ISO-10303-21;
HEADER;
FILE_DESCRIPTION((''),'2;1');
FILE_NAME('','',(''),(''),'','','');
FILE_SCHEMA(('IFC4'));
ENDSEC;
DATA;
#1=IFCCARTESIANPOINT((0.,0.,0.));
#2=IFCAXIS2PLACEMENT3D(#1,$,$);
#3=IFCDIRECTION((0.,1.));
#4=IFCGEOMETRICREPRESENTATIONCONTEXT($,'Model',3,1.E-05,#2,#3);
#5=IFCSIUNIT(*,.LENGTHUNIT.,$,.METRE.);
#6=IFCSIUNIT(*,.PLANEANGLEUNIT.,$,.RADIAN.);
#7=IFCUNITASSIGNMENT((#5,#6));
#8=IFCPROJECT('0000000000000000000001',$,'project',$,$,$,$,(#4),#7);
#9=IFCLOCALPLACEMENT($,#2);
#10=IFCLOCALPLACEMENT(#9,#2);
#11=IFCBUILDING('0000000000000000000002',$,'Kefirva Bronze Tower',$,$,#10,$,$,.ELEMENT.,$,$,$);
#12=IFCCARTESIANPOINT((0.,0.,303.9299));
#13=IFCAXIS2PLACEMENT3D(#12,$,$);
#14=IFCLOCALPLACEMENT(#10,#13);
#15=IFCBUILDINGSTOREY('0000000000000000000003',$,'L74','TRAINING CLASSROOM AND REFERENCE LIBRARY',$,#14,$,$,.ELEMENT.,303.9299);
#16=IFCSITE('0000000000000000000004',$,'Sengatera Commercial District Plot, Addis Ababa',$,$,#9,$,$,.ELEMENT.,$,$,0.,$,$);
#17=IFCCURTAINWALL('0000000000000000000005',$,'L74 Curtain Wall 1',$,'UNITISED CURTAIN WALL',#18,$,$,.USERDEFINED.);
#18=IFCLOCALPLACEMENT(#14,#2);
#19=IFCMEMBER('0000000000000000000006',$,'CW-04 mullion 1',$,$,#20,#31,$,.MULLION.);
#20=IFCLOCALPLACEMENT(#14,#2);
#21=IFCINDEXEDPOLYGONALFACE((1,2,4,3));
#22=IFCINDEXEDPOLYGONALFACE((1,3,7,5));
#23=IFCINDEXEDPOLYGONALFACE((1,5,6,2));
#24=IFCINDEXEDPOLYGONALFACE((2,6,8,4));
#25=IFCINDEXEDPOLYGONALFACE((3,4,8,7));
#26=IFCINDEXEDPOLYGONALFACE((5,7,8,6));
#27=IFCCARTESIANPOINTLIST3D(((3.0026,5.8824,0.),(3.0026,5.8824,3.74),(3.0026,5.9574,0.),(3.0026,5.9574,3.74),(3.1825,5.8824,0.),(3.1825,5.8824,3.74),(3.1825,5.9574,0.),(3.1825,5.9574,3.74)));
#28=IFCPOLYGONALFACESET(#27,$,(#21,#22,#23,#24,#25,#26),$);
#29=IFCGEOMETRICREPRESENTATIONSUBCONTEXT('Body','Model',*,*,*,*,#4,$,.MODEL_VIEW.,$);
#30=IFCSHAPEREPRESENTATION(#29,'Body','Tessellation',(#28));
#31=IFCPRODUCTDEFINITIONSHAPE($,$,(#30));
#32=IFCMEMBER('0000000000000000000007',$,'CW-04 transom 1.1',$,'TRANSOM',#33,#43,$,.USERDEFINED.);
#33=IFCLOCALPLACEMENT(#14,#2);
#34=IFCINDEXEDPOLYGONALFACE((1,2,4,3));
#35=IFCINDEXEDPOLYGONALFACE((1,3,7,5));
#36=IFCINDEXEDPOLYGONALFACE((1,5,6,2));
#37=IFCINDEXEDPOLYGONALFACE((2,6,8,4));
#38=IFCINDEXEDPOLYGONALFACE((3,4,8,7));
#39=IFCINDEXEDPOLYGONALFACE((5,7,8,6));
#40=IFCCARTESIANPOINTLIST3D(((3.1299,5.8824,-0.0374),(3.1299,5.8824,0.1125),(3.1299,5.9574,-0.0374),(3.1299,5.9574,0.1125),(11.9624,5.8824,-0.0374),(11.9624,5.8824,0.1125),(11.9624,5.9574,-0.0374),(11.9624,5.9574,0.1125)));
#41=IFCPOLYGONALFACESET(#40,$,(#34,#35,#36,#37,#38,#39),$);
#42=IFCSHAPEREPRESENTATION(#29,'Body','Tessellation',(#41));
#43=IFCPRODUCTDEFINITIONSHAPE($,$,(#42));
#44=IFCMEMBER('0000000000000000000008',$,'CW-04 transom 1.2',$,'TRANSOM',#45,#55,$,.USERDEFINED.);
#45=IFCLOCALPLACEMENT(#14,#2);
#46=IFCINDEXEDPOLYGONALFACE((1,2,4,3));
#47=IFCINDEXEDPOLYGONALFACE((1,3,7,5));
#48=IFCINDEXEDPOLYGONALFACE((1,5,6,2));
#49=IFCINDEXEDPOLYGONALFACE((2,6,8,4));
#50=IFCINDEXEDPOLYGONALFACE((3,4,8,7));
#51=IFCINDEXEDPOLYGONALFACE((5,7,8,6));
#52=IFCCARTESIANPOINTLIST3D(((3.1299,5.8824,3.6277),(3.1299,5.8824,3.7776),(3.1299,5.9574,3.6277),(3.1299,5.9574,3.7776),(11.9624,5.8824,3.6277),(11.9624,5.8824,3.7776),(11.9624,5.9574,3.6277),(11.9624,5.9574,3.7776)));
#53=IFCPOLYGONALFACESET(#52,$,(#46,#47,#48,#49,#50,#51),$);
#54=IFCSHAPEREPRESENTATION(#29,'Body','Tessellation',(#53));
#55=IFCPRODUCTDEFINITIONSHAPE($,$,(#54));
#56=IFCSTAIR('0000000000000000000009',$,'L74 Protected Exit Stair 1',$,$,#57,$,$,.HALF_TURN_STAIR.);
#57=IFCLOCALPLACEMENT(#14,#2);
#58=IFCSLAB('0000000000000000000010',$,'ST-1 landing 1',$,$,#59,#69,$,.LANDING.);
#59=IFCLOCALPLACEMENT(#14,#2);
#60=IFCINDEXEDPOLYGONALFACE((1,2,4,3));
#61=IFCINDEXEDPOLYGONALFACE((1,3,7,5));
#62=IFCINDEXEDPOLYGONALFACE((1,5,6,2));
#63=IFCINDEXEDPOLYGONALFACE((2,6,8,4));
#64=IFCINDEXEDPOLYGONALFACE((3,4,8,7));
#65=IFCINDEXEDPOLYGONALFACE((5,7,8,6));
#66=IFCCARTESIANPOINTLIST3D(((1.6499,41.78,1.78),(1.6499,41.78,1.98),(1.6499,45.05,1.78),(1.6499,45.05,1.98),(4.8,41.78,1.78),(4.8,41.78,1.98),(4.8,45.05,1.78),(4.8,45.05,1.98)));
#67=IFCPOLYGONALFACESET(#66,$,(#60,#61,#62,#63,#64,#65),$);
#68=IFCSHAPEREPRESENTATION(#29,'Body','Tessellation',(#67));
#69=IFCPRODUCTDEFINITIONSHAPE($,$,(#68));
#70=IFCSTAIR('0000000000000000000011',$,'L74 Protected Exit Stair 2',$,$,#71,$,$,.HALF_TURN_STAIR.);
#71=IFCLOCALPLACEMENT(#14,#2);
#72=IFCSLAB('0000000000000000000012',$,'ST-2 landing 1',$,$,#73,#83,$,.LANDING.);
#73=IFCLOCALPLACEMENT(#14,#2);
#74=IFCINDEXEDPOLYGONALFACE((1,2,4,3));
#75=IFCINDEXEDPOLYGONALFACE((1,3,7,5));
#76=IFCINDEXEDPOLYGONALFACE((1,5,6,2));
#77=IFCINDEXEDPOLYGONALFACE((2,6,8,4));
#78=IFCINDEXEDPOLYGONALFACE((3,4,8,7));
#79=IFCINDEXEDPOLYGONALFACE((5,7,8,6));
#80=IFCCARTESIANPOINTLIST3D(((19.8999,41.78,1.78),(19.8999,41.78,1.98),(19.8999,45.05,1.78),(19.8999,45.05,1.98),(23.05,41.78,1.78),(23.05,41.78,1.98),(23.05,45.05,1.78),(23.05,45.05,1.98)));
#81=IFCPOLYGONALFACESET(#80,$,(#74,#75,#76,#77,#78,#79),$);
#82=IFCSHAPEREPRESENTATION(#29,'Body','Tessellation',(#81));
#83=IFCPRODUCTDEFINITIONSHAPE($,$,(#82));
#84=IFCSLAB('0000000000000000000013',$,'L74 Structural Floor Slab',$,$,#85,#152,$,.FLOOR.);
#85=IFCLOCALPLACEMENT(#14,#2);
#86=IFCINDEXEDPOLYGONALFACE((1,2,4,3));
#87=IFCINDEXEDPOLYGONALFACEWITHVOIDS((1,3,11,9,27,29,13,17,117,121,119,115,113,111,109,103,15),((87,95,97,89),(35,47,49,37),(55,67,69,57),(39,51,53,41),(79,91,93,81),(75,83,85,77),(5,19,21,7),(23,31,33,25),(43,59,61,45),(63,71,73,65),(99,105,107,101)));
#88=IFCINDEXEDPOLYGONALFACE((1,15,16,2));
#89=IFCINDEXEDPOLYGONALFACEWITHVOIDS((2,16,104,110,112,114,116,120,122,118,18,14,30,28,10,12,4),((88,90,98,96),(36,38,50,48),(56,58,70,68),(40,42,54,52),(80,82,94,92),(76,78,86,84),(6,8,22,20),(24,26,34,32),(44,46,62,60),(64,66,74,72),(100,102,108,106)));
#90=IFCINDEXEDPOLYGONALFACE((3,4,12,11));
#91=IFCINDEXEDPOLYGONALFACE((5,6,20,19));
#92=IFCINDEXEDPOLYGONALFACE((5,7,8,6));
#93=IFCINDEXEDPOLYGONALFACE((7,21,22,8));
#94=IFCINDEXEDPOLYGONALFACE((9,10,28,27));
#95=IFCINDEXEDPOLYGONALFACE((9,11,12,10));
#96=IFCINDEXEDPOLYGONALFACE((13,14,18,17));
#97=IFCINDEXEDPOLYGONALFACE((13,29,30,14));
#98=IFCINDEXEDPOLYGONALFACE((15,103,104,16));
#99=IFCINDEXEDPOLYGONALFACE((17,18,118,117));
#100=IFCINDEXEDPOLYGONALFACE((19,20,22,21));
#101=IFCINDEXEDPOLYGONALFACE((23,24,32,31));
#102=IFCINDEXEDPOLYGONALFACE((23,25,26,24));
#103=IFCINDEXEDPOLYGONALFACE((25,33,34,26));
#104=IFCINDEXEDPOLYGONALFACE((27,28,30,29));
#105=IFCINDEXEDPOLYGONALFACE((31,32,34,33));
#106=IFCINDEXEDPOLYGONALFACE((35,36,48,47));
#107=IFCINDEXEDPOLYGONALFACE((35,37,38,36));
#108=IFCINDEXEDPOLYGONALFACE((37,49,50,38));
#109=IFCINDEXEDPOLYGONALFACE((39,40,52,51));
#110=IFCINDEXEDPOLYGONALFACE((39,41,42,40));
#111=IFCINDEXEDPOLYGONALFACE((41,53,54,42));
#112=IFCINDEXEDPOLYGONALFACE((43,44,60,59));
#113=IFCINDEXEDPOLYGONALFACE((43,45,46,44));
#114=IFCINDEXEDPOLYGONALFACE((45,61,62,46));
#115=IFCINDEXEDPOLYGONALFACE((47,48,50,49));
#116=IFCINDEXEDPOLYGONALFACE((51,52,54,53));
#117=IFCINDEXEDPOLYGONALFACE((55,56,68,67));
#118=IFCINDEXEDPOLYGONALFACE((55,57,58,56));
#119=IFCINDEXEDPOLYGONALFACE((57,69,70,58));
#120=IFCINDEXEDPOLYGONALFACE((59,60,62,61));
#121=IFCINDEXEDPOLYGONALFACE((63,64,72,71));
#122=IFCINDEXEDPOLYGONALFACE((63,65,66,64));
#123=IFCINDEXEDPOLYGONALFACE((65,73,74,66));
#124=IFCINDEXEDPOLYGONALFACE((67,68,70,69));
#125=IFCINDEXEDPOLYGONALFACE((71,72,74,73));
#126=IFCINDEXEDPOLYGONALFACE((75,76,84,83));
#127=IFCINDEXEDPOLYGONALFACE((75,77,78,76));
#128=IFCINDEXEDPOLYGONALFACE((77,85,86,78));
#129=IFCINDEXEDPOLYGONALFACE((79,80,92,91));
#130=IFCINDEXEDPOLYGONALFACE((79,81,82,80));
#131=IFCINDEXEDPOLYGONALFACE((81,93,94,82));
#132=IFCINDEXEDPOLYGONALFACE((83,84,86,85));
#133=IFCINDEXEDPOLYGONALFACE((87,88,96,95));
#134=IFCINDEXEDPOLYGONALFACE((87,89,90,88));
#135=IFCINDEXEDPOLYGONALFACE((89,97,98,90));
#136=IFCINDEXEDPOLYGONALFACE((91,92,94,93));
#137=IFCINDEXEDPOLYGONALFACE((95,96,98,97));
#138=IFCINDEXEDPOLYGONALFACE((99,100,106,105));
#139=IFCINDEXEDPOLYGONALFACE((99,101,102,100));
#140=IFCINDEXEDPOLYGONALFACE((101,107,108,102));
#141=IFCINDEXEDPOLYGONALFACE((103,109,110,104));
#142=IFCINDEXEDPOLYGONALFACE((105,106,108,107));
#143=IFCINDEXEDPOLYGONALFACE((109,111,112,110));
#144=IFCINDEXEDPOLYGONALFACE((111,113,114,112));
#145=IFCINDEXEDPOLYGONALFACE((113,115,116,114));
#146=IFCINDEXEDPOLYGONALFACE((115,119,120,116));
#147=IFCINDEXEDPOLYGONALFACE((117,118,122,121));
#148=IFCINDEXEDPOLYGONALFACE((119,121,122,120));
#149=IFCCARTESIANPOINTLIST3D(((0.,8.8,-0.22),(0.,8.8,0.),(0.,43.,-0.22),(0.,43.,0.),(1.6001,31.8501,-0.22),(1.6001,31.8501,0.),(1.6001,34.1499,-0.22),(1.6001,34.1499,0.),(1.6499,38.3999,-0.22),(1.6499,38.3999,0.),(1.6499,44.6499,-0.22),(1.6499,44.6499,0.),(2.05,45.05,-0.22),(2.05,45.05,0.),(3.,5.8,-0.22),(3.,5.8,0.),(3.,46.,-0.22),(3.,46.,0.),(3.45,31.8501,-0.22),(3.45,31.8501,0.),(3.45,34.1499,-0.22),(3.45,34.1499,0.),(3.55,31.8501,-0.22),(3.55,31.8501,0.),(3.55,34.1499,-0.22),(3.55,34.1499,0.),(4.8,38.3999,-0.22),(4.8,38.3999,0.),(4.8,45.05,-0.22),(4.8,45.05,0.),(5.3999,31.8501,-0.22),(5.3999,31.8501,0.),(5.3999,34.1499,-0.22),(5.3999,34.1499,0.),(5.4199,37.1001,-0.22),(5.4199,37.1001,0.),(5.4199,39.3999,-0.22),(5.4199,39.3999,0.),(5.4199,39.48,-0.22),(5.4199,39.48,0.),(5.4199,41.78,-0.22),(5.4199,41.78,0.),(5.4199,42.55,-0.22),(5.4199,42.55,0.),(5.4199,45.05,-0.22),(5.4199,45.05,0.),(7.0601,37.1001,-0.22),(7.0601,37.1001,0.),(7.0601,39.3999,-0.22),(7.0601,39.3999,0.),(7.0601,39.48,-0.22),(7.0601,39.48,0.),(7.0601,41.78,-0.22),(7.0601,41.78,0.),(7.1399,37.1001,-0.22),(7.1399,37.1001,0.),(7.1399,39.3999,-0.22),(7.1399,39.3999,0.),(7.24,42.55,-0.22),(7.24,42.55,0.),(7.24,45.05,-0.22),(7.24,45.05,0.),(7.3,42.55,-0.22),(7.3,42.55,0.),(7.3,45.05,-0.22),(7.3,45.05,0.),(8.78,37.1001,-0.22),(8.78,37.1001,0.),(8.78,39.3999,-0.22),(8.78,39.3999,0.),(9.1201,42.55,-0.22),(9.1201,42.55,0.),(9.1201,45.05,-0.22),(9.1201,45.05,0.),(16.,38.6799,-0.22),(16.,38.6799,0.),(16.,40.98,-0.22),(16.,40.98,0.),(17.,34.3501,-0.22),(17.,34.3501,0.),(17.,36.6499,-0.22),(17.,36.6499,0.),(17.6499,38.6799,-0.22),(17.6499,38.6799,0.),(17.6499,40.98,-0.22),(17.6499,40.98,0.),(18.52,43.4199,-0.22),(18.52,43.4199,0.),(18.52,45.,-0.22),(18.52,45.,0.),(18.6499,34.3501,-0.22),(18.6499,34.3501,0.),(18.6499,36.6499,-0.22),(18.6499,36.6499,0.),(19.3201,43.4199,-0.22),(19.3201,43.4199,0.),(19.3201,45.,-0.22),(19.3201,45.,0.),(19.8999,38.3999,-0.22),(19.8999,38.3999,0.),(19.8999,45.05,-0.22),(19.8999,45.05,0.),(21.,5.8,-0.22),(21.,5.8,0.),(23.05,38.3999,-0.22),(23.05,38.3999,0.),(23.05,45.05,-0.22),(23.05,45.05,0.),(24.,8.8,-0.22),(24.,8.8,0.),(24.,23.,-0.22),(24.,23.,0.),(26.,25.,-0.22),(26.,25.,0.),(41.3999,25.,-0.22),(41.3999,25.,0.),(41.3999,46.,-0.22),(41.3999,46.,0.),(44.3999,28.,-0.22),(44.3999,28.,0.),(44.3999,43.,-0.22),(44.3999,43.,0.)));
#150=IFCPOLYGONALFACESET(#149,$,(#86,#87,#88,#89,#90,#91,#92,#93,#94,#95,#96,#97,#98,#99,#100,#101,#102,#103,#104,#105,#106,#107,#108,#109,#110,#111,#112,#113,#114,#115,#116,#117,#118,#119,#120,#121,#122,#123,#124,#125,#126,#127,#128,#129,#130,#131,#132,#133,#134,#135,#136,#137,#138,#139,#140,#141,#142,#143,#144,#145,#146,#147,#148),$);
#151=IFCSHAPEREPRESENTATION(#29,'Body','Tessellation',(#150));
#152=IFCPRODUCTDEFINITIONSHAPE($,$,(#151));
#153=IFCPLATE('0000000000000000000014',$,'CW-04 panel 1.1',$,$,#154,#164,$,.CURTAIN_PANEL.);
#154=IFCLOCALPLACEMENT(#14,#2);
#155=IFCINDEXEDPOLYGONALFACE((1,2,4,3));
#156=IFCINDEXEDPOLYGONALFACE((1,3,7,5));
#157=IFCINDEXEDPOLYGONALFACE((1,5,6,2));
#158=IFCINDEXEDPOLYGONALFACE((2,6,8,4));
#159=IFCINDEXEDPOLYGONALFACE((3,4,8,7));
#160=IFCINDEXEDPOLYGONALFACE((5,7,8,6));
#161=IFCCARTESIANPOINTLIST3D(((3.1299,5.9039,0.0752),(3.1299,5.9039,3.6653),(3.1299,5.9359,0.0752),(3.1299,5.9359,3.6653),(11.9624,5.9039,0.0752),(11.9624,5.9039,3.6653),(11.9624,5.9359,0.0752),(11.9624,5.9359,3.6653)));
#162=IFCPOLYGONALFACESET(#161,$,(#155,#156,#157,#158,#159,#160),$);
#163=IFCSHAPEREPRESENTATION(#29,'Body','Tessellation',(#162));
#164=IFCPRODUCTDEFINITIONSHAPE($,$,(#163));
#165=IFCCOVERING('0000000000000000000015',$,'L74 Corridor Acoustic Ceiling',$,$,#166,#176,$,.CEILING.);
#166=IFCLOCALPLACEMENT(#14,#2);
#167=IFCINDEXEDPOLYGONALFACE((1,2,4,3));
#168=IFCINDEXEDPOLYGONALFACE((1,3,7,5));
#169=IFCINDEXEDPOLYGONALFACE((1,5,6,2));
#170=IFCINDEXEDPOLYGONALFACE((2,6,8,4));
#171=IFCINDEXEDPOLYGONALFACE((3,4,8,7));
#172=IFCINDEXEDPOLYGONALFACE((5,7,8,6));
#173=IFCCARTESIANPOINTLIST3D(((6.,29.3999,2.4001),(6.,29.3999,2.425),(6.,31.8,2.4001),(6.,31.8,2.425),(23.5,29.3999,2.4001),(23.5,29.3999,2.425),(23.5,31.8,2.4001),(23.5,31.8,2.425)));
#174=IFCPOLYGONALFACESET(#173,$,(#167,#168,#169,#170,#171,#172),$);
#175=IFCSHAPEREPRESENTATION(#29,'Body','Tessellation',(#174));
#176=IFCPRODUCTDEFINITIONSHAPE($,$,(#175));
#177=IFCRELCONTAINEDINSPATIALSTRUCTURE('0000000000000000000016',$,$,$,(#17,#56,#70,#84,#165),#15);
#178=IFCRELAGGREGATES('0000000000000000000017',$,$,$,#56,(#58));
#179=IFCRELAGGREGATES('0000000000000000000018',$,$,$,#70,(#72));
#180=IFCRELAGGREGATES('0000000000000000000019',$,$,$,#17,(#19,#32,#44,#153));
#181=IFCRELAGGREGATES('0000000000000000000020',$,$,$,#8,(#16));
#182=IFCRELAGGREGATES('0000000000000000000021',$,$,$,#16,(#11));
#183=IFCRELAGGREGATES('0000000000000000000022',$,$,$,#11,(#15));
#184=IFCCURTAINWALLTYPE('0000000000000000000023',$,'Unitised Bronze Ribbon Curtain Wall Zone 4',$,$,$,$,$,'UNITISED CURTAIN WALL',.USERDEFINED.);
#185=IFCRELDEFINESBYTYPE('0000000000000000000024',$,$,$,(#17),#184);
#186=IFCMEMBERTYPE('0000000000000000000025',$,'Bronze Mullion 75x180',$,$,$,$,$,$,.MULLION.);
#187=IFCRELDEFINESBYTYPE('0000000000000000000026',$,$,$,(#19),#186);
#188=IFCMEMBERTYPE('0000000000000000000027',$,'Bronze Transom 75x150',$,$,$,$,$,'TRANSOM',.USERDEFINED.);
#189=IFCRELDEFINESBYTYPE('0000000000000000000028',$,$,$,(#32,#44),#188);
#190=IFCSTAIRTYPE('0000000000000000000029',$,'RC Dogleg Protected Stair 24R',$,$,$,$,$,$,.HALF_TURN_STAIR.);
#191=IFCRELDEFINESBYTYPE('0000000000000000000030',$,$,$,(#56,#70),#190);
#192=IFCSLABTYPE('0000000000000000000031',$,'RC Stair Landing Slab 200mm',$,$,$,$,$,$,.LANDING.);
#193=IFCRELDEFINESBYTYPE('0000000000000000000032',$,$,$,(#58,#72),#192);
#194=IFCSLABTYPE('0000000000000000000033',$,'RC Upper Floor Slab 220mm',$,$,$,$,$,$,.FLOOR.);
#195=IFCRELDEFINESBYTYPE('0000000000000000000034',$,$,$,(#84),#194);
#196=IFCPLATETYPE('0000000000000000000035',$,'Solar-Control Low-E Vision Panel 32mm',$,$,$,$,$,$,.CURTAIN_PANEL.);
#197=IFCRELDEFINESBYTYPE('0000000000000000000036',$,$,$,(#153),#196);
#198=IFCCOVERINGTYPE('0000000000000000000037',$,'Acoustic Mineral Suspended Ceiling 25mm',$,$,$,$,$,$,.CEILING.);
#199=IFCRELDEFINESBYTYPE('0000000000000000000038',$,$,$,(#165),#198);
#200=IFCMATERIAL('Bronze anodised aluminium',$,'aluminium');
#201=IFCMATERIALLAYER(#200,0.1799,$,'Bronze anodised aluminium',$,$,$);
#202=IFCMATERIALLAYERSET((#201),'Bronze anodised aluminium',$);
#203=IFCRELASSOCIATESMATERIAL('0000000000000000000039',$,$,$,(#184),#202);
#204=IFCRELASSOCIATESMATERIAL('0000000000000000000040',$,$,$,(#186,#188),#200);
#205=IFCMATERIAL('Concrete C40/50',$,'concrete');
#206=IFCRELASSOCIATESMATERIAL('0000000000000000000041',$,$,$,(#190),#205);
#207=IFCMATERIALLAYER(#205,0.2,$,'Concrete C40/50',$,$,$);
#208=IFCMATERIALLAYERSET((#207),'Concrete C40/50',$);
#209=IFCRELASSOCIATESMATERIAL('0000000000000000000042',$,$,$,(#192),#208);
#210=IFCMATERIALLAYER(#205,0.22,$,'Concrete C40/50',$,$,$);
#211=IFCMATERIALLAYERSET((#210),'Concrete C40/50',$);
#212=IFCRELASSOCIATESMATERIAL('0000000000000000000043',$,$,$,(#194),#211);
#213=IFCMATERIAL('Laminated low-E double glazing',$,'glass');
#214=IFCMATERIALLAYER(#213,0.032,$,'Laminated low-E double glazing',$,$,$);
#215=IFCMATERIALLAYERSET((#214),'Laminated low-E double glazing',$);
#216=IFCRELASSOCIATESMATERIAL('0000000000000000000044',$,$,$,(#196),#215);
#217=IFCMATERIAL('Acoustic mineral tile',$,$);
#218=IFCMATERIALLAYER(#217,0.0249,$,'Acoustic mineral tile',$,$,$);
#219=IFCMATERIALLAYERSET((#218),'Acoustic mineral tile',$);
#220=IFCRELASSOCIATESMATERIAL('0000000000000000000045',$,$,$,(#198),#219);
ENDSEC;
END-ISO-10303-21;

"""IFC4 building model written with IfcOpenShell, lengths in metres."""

from ifc_helpers import new_model, si_unit, direction, frame, origin, origin_2d, place, context, subcontext, project, spatial, polyline, rectangle, outline, extrude, material, layer, layer_set, material_profile, profile_set, type_object, element, aggregate, save


model = new_model("IFC4")

# Units and contexts
model_context = context("Model", 3, precision=1e-05, world=origin(), true_north=direction((0.0, 1.0)))
body_context = subcontext(model_context, "Body", "Model", "MODEL_VIEW")
ifc_project = project(units=[si_unit("LENGTHUNIT", "METRE"), si_unit("PLANEANGLEUNIT", "RADIAN")], contexts=[model_context])

# Site, building, storey
site_placement = place(None, origin())
site = spatial("IfcSite", under=ifc_project, at=site_placement, Name="Sengatera Commercial District Plot, Addis Ababa", CompositionType="ELEMENT", RefElevation=0.0)
building_placement = place(site_placement, origin())
building = spatial("IfcBuilding", under=site, at=building_placement, Name="Kefirva Bronze Tower", CompositionType="ELEMENT")
storey_placement = place(building_placement, frame((0.0, 0.0, 303.9299)))
storey = spatial("IfcBuildingStorey", under=building, at=storey_placement, Name="L74", Description="TRAINING CLASSROOM AND REFERENCE LIBRARY", CompositionType="ELEMENT", Elevation=303.9299)

# Curtain wall, members
ifc_material_1 = material(Name="Bronze anodised aluminium", Category="aluminium")
ifc_layer_1 = layer(ifc_material_1, 0.1799, Name="Bronze anodised aluminium")
ifc_layer_set_1 = layer_set([ifc_layer_1], Name="Bronze anodised aluminium")
curtain_wall_type = type_object("IfcCurtainWallType", Name="Unitised Bronze Ribbon Curtain Wall Zone 4", ElementType="UNITISED CURTAIN WALL", PredefinedType="USERDEFINED", material=ifc_layer_set_1)
curtain_wall_placement = place(storey_placement, origin())
curtain_wall = element("IfcCurtainWall", 1, at=curtain_wall_placement, inside=storey, type_object=curtain_wall_type, Name="L74 Curtain Wall 1", ObjectType="UNITISED CURTAIN WALL", PredefinedType="USERDEFINED")
ifc_material_profile_1 = material_profile(ifc_material_1, rectangle(XDim=0.075, YDim=0.1799, at=origin_2d()), Name="ALU 75x180")
ifc_profile_set_1 = profile_set([ifc_material_profile_1], Name="Bronze anodised aluminium")
member_type_1 = type_object("IfcMemberType", Name="Bronze Mullion 75x180", PredefinedType="MULLION", material=ifc_profile_set_1)
member_1_placement = place(storey_placement, frame((3.0925, 5.9199, 0.0), z_axis=(0.0, 0.0, 1.0), x_axis=(0.0, 1.0, 0.0)))
member_1 = element("IfcMember", 2, at=member_1_placement, type_object=member_type_1, Name="CW-04 mullion 1", PredefinedType="MULLION", context=body_context, shape_type="SweptSolid", body=[
    extrude(rectangle(XDim=0.075, YDim=0.1799, at=origin_2d()), origin(), (0.0, 0.0, 1.0), 3.74),
])
ifc_material_profile_2 = material_profile(ifc_material_1, rectangle(XDim=0.075, YDim=0.1499, at=origin_2d()), Name="ALU 75x150")
ifc_profile_set_2 = profile_set([ifc_material_profile_2], Name="Bronze anodised aluminium")
member_type_2 = type_object("IfcMemberType", Name="Bronze Transom 75x150", ElementType="TRANSOM", PredefinedType="USERDEFINED", material=ifc_profile_set_2)
member_2_placement = place(storey_placement, frame((3.1299, 5.9199, 0.0376), z_axis=(1.0, 0.0, 0.0), x_axis=(0.0, 1.0, 0.0)))
member_2 = element("IfcMember", 3, at=member_2_placement, type_object=member_type_2, Name="CW-04 transom 1.1", ObjectType="TRANSOM", PredefinedType="USERDEFINED", context=body_context, shape_type="SweptSolid", body=[
    extrude(rectangle(XDim=0.075, YDim=0.1499, at=origin_2d()), origin(), (0.0, 0.0, 1.0), 8.8325),
])
member_3_placement = place(storey_placement, frame((3.1299, 5.9199, 3.7026), z_axis=(1.0, 0.0, 0.0), x_axis=(0.0, 1.0, 0.0)))
member_3 = element("IfcMember", 4, at=member_3_placement, type_object=member_type_2, Name="CW-04 transom 1.2", ObjectType="TRANSOM", PredefinedType="USERDEFINED", context=body_context, shape_type="SweptSolid", body=[
    extrude(rectangle(XDim=0.075, YDim=0.1499, at=origin_2d()), origin(), (0.0, 0.0, 1.0), 8.8325),
])

# Stairs, slabs
ifc_material_2 = material(Name="Concrete C40/50", Category="concrete")
stair_type = type_object("IfcStairType", Name="RC Dogleg Protected Stair 24R", PredefinedType="HALF_TURN_STAIR", material=ifc_material_2)
stair_1_placement = place(storey_placement, origin())
stair_1 = element("IfcStair", 5, at=stair_1_placement, inside=storey, type_object=stair_type, Name="L74 Protected Exit Stair 1", PredefinedType="HALF_TURN_STAIR")
ifc_layer_2 = layer(ifc_material_2, 0.2, Name="Concrete C40/50")
ifc_layer_set_2 = layer_set([ifc_layer_2], Name="Concrete C40/50")
slab_type_1 = type_object("IfcSlabType", Name="RC Stair Landing Slab 200mm", PredefinedType="LANDING", material=ifc_layer_set_2)
slab_1_placement = place(storey_placement, frame((0.0, 0.0, 1.78)))
slab_1 = element("IfcSlab", 6, at=slab_1_placement, type_object=slab_type_1, Name="ST-1 landing 1", PredefinedType="LANDING", context=body_context, shape_type="SweptSolid", body=[
    extrude(outline(polyline([(4.8, 41.78), (4.8, 45.05), (1.6499, 45.05), (1.6499, 41.78), (4.8, 41.78)])), origin(), (0.0, 0.0, 1.0), 0.2),
])
aggregate(stair_1, [slab_1])
stair_2_placement = place(storey_placement, origin())
stair_2 = element("IfcStair", 7, at=stair_2_placement, inside=storey, type_object=stair_type, Name="L74 Protected Exit Stair 2", PredefinedType="HALF_TURN_STAIR")
slab_2_placement = place(storey_placement, frame((0.0, 0.0, 1.78)))
slab_2 = element("IfcSlab", 8, at=slab_2_placement, type_object=slab_type_1, Name="ST-2 landing 1", PredefinedType="LANDING", context=body_context, shape_type="SweptSolid", body=[
    extrude(outline(polyline([(23.05, 41.78), (23.05, 45.05), (19.8999, 45.05), (19.8999, 41.78), (23.05, 41.78)])), origin(), (0.0, 0.0, 1.0), 0.2),
])
aggregate(stair_2, [slab_2])

# Slab
ifc_layer_3 = layer(ifc_material_2, 0.22, Name="Concrete C40/50")
ifc_layer_set_3 = layer_set([ifc_layer_3], Name="Concrete C40/50")
slab_type_2 = type_object("IfcSlabType", Name="RC Upper Floor Slab 220mm", PredefinedType="FLOOR", material=ifc_layer_set_3)
slab_3_placement = place(storey_placement, frame((0.0, 0.0, -0.22)))
element("IfcSlab", 9, at=slab_3_placement, inside=storey, type_object=slab_type_2, Name="L74 Structural Floor Slab", PredefinedType="FLOOR", context=body_context, shape_type="SweptSolid", body=[
    extrude(outline(polyline([(0.0, 8.8), (0.0, 43.0), (1.6499, 44.6499), (1.6499, 38.3999), (4.8, 38.3999), (4.8, 45.05), (2.05, 45.05), (3.0, 46.0), (41.3999, 46.0), (44.3999, 43.0), (44.3999, 28.0), (41.3999, 25.0), (26.0, 25.0), (24.0, 23.0), (24.0, 8.8), (21.0, 5.8), (3.0, 5.8), (0.0, 8.8)]), holes=[polyline([(23.05, 45.05), (19.8999, 45.05), (19.8999, 38.3999), (23.05, 38.3999), (23.05, 45.05)]), polyline([(19.3201, 43.4199), (19.3201, 45.0), (18.52, 45.0), (18.52, 43.4199), (19.3201, 43.4199)]), polyline([(18.6499, 36.6499), (17.0, 36.6499), (17.0, 34.3501), (18.6499, 34.3501), (18.6499, 36.6499)]), polyline([(17.6499, 38.6799), (17.6499, 40.98), (16.0, 40.98), (16.0, 38.6799), (17.6499, 38.6799)]), polyline([(9.1201, 42.55), (9.1201, 45.05), (7.3, 45.05), (7.3, 42.55), (9.1201, 42.55)]), polyline([(8.78, 37.1001), (8.78, 39.3999), (7.1399, 39.3999), (7.1399, 37.1001), (8.78, 37.1001)]), polyline([(7.24, 42.55), (7.24, 45.05), (5.4199, 45.05), (5.4199, 42.55), (7.24, 42.55)]), polyline([(7.0601, 37.1001), (7.0601, 39.3999), (5.4199, 39.3999), (5.4199, 37.1001), (7.0601, 37.1001)]), polyline([(7.0601, 41.78), (5.4199, 41.78), (5.4199, 39.48), (7.0601, 39.48), (7.0601, 41.78)]), polyline([(5.3999, 31.8501), (5.3999, 34.1499), (3.55, 34.1499), (3.55, 31.8501), (5.3999, 31.8501)]), polyline([(3.45, 34.1499), (1.6001, 34.1499), (1.6001, 31.8501), (3.45, 31.8501), (3.45, 34.1499)])]), origin(), (0.0, 0.0, 1.0), 0.22),
])

# Plate
ifc_material_3 = material(Name="Laminated low-E double glazing", Category="glass")
ifc_layer_4 = layer(ifc_material_3, 0.032, Name="Laminated low-E double glazing")
ifc_layer_set_4 = layer_set([ifc_layer_4], Name="Laminated low-E double glazing")
plate_type = type_object("IfcPlateType", Name="Solar-Control Low-E Vision Panel 32mm", PredefinedType="CURTAIN_PANEL", material=ifc_layer_set_4)
plate_placement = place(storey_placement, frame((7.5461, 5.9199, 0.0752), z_axis=(0.0, 0.0, 1.0), x_axis=(1.0, 0.0, 0.0)))
plate = element("IfcPlate", 10, at=plate_placement, type_object=plate_type, Name="CW-04 panel 1.1", PredefinedType="CURTAIN_PANEL", context=body_context, shape_type="SweptSolid", body=[
    extrude(rectangle(XDim=8.8325, YDim=0.032, at=origin_2d()), origin(), (0.0, 0.0, 1.0), 3.5901),
])
aggregate(curtain_wall, [member_1, member_2, member_3, plate])

# Covering
ifc_material_4 = material(Name="Acoustic mineral tile")
ifc_layer_5 = layer(ifc_material_4, 0.0249, Name="Acoustic mineral tile")
ifc_layer_set_5 = layer_set([ifc_layer_5], Name="Acoustic mineral tile")
covering_type_1 = type_object("IfcCoveringType", Name="Acoustic Mineral Suspended Ceiling 25mm", PredefinedType="CEILING", material=ifc_layer_set_5)
covering_1_placement = place(storey_placement, frame((0.0, 0.0, 2.4001)))
element("IfcCovering", 11, at=covering_1_placement, inside=storey, type_object=covering_type_1, Name="L74 Corridor Acoustic Ceiling", PredefinedType="CEILING", context=body_context, shape_type="SweptSolid", body=[
    extrude(outline(polyline([(6.0, 29.3999), (23.5, 29.3999), (23.5, 31.8), (6.0, 31.8), (6.0, 29.3999)])), origin(), (0.0, 0.0, 1.0), 0.0249),
])

save(model, "model.ifc")
